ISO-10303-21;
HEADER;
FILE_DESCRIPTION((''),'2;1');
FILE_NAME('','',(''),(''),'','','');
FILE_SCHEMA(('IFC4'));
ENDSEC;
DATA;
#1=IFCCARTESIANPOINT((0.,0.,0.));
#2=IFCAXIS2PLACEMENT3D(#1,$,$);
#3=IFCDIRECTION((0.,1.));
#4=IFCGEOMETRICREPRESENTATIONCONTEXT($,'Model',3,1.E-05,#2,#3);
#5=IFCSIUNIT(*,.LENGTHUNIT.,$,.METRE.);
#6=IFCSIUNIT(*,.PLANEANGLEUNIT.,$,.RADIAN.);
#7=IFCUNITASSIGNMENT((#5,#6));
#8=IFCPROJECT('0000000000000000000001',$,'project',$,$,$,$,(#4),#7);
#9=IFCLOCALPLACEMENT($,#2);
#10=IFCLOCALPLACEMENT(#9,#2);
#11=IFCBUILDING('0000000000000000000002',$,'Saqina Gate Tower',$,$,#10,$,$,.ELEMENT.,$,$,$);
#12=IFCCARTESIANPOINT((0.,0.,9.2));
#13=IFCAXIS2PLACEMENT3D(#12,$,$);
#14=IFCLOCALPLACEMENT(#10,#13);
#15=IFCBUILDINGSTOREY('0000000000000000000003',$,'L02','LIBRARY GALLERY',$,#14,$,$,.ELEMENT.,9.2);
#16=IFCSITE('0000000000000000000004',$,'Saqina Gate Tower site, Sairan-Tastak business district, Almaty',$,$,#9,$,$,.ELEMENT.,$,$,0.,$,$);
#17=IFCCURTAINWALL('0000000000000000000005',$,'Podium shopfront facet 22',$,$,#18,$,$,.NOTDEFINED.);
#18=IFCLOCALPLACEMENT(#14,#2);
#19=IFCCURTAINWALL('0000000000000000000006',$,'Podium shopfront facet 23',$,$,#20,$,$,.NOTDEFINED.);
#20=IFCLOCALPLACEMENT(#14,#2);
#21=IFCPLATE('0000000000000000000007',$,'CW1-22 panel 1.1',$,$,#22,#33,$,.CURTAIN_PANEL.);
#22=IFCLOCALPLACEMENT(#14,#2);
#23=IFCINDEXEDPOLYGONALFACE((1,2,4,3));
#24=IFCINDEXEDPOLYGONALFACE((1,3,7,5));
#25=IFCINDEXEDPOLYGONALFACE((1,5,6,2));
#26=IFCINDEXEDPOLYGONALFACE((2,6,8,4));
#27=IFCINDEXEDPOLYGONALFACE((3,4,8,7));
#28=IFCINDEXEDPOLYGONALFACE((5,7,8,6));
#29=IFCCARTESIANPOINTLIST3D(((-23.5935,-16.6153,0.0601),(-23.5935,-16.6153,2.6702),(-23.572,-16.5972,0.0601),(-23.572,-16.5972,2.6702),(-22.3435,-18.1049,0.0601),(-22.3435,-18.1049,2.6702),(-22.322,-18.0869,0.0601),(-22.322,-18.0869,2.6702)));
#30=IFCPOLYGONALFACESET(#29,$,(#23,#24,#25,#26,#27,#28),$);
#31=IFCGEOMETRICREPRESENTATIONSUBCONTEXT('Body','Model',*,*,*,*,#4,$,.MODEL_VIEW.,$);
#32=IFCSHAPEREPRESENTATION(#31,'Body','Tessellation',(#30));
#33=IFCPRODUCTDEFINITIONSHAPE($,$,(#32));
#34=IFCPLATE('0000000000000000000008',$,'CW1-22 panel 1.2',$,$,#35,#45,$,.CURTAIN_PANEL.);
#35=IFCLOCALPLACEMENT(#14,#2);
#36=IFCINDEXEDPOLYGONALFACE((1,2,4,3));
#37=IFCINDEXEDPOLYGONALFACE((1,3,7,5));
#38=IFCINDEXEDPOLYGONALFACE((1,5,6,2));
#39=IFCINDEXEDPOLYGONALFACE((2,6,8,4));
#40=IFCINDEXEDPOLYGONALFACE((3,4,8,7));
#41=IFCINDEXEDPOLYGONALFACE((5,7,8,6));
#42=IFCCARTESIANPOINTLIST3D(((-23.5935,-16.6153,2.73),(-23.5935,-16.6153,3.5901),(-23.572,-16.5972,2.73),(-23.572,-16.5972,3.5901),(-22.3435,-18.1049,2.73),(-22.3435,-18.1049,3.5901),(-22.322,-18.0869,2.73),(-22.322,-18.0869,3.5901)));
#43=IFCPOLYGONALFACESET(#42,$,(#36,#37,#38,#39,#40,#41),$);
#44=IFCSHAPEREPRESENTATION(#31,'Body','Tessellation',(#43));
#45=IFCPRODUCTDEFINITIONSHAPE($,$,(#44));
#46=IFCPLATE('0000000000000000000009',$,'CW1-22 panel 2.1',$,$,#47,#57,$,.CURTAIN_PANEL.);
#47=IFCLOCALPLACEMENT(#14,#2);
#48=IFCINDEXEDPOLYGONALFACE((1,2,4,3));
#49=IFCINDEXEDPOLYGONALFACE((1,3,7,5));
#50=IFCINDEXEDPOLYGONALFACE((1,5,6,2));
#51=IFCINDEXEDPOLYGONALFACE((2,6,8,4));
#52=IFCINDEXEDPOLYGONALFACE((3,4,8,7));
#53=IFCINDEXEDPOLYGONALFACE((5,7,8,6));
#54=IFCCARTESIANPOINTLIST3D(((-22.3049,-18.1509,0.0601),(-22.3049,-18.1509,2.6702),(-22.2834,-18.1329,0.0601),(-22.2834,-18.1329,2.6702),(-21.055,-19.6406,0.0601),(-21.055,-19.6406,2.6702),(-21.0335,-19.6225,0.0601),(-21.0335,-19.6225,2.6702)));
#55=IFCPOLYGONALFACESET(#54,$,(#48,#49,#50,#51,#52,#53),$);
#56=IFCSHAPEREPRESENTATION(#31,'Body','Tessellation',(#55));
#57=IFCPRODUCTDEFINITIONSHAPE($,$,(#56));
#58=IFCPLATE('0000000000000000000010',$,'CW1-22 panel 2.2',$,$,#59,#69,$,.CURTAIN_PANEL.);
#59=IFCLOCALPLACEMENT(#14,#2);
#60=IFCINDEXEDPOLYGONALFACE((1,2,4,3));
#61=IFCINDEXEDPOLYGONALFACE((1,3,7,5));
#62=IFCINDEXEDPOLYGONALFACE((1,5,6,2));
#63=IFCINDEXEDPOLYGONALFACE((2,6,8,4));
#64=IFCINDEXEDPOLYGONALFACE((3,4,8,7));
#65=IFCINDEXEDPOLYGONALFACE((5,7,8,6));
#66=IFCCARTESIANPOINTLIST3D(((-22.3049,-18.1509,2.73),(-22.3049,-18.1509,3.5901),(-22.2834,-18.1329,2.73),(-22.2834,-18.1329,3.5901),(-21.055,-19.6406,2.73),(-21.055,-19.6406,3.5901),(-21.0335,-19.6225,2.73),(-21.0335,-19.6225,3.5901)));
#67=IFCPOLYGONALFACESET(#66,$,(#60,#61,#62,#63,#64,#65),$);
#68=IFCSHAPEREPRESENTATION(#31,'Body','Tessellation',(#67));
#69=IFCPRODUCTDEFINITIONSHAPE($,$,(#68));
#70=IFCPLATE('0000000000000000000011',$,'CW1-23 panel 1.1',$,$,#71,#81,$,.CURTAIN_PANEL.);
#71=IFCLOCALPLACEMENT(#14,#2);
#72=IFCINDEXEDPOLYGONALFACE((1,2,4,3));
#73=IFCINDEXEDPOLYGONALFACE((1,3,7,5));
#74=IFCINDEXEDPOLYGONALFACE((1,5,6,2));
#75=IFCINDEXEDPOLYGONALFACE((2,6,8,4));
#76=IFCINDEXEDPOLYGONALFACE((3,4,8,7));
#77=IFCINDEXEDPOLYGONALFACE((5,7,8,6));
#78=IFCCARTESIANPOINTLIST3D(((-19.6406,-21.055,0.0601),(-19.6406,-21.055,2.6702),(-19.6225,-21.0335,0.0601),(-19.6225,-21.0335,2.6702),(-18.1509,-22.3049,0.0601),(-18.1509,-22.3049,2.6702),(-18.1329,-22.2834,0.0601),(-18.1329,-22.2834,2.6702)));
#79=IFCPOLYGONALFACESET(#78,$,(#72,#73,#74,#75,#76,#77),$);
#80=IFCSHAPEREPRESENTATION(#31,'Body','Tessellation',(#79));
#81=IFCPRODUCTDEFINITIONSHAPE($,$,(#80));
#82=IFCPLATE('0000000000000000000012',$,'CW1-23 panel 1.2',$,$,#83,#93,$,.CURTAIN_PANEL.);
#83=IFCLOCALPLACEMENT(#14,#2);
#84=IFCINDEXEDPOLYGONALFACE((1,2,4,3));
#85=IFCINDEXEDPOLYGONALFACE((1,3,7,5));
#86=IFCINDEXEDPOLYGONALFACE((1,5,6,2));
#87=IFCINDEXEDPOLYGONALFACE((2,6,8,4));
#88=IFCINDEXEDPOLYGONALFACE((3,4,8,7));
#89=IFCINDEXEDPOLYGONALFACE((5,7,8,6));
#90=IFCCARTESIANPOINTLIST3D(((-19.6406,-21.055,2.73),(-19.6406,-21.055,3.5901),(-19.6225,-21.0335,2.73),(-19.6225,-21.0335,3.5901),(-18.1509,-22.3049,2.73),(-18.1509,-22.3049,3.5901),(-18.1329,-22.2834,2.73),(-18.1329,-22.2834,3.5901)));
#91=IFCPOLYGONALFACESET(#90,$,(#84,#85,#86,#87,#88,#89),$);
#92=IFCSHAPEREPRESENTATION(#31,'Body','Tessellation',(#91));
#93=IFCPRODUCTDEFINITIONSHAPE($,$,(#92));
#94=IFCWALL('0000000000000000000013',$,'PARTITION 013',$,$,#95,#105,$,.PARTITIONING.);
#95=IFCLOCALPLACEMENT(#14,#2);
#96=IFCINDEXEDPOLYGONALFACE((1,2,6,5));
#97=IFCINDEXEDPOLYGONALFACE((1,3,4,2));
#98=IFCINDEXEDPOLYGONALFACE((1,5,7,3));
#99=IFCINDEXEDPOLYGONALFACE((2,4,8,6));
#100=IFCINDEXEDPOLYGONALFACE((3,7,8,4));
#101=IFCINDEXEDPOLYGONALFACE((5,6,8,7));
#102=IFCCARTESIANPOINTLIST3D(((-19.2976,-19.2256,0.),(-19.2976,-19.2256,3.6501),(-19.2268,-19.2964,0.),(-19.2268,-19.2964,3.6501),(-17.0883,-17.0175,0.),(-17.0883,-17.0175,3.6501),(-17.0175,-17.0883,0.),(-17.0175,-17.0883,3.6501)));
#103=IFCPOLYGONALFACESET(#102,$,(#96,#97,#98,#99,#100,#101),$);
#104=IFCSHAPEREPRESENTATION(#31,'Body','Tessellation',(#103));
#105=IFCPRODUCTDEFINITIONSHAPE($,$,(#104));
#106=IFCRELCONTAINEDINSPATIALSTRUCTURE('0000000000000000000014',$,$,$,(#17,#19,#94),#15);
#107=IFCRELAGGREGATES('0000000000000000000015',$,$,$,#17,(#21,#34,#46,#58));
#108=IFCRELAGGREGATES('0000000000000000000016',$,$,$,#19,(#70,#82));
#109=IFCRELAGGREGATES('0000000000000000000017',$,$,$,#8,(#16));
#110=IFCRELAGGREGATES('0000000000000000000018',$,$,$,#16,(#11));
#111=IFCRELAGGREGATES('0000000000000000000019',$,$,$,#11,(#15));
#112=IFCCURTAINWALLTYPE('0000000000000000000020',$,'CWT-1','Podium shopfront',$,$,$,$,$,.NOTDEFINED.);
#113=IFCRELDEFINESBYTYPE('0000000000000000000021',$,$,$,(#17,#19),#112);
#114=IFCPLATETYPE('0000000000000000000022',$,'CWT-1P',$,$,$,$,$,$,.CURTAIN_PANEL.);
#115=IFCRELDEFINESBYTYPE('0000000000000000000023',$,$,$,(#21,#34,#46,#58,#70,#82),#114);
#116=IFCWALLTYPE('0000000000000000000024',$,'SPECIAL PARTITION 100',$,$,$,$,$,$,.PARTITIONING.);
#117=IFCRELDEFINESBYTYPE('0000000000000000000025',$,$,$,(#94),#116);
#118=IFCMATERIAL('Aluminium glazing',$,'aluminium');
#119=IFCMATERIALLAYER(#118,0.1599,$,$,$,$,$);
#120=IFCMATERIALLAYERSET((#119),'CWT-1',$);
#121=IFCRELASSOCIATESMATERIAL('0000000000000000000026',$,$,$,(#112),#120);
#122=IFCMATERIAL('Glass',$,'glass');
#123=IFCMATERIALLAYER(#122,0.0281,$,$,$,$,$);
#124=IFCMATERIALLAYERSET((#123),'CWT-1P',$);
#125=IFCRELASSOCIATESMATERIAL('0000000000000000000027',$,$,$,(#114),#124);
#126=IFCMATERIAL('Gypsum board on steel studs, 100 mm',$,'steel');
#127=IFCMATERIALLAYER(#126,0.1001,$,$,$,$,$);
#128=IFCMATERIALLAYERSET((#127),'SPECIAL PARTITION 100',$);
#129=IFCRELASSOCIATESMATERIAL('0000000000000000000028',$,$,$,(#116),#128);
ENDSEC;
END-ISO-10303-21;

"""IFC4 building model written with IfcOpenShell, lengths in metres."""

from ifc_helpers import new_model, si_unit, direction, frame, frame_2d, origin, origin_2d, place, context, subcontext, project, spatial, rectangle, extrude, material, layer, layer_set, type_object, element, aggregate, save


model = new_model("IFC4")

# Units and contexts
model_context = context("Model", 3, precision=1e-05, world=origin(), true_north=direction((0.0, 1.0)))
body_context = subcontext(model_context, "Body", "Model", "MODEL_VIEW")
ifc_project = project(units=[si_unit("LENGTHUNIT", "METRE"), si_unit("PLANEANGLEUNIT", "RADIAN")], contexts=[model_context])

# Site, building, storey
site_placement = place(None, origin())
site = spatial("IfcSite", under=ifc_project, at=site_placement, Name="Saqina Gate Tower site, Sairan-Tastak business district, Almaty", CompositionType="ELEMENT", RefElevation=0.0)
building_placement = place(site_placement, origin())
building = spatial("IfcBuilding", under=site, at=building_placement, Name="Saqina Gate Tower", CompositionType="ELEMENT")
storey_placement = place(building_placement, frame((0.0, 0.0, 9.2)))
storey = spatial("IfcBuildingStorey", under=building, at=storey_placement, Name="L02", Description="LIBRARY GALLERY", CompositionType="ELEMENT", Elevation=9.2)

# Curtain walls
ifc_material_1 = material(Name="Aluminium glazing", Category="aluminium")
ifc_layer_1 = layer(ifc_material_1, 0.1599)
ifc_layer_set_1 = layer_set([ifc_layer_1], Name="CWT-1")
curtain_wall_type = type_object("IfcCurtainWallType", Name="CWT-1", Description="Podium shopfront", PredefinedType="NOTDEFINED", material=ifc_layer_set_1)
curtain_wall_1_placement = place(storey_placement, origin())
curtain_wall_1 = element("IfcCurtainWall", 1, at=curtain_wall_1_placement, inside=storey, type_object=curtain_wall_type, Name="Podium shopfront facet 22", PredefinedType="NOTDEFINED")
curtain_wall_2_placement = place(storey_placement, origin())
curtain_wall_2 = element("IfcCurtainWall", 2, at=curtain_wall_2_placement, inside=storey, type_object=curtain_wall_type, Name="Podium shopfront facet 23", PredefinedType="NOTDEFINED")

# Plates
ifc_material_2 = material(Name="Glass", Category="glass")
ifc_layer_2 = layer(ifc_material_2, 0.0281)
ifc_layer_set_2 = layer_set([ifc_layer_2], Name="CWT-1P")
plate_type = type_object("IfcPlateType", Name="CWT-1P", PredefinedType="CURTAIN_PANEL", material=ifc_layer_set_2)
plate_1_placement = place(storey_placement, frame((-22.9578, -17.3511, 0.0601), z_axis=(0.0, 0.0, 1.0), x_axis=(0.642779, -0.766051, 0.0)))
plate_1 = element("IfcPlate", 3, at=plate_1_placement, type_object=plate_type, Name="CW1-22 panel 1.1", PredefinedType="CURTAIN_PANEL", context=body_context, shape_type="SweptSolid", body=[
    extrude(rectangle(XDim=1.9446, YDim=0.0281, at=origin_2d()), origin(), (0.0, 0.0, 1.0), 2.6101),
])
plate_2_placement = place(storey_placement, frame((-22.9578, -17.3511, 2.73), z_axis=(0.0, 0.0, 1.0), x_axis=(0.642779, -0.766051, 0.0)))
plate_2 = element("IfcPlate", 4, at=plate_2_placement, type_object=plate_type, Name="CW1-22 panel 1.2", PredefinedType="CURTAIN_PANEL", context=body_context, shape_type="SweptSolid", body=[
    extrude(rectangle(XDim=1.9446, YDim=0.0281, at=origin_2d()), origin(), (0.0, 0.0, 1.0), 0.8601),
])
plate_3_placement = place(storey_placement, frame((-21.6692, -18.8867, 0.0601), z_axis=(0.0, 0.0, 1.0), x_axis=(0.642779, -0.766051, 0.0)))
plate_3 = element("IfcPlate", 5, at=plate_3_placement, type_object=plate_type, Name="CW1-22 panel 2.1", PredefinedType="CURTAIN_PANEL", context=body_context, shape_type="SweptSolid", body=[
    extrude(rectangle(XDim=1.9446, YDim=0.0281, at=origin_2d()), origin(), (0.0, 0.0, 1.0), 2.6101),
])
plate_4_placement = place(storey_placement, frame((-21.6692, -18.8867, 2.73), z_axis=(0.0, 0.0, 1.0), x_axis=(0.642779, -0.766051, 0.0)))
plate_4 = element("IfcPlate", 6, at=plate_4_placement, type_object=plate_type, Name="CW1-22 panel 2.2", PredefinedType="CURTAIN_PANEL", context=body_context, shape_type="SweptSolid", body=[
    extrude(rectangle(XDim=1.9446, YDim=0.0281, at=origin_2d()), origin(), (0.0, 0.0, 1.0), 0.8601),
])
aggregate(curtain_wall_1, [plate_1, plate_2, plate_3, plate_4])
plate_5_placement = place(storey_placement, frame((-18.8867, -21.6692, 0.0601), z_axis=(0.0, 0.0, 1.0), x_axis=(0.766051, -0.642779, 0.0)))
plate_5 = element("IfcPlate", 7, at=plate_5_placement, type_object=plate_type, Name="CW1-23 panel 1.1", PredefinedType="CURTAIN_PANEL", context=body_context, shape_type="SweptSolid", body=[
    extrude(rectangle(XDim=1.9446, YDim=0.0281, at=origin_2d()), origin(), (0.0, 0.0, 1.0), 2.6101),
])
plate_6_placement = place(storey_placement, frame((-18.8867, -21.6692, 2.73), z_axis=(0.0, 0.0, 1.0), x_axis=(0.766051, -0.642779, 0.0)))
plate_6 = element("IfcPlate", 8, at=plate_6_placement, type_object=plate_type, Name="CW1-23 panel 1.2", PredefinedType="CURTAIN_PANEL", context=body_context, shape_type="SweptSolid", body=[
    extrude(rectangle(XDim=1.9446, YDim=0.0281, at=origin_2d()), origin(), (0.0, 0.0, 1.0), 0.8601),
])
aggregate(curtain_wall_2, [plate_5, plate_6])

# Wall
ifc_material_3 = material(Name="Gypsum board on steel studs, 100 mm", Category="steel")
ifc_layer_3 = layer(ifc_material_3, 0.1001)
ifc_layer_set_3 = layer_set([ifc_layer_3], Name="SPECIAL PARTITION 100")
wall_type = type_object("IfcWallType", Name="SPECIAL PARTITION 100", PredefinedType="PARTITIONING", material=ifc_layer_set_3)
wall_placement = place(storey_placement, frame((-19.2622, -19.261, 0.0), z_axis=(0.0, 0.0, 1.0), x_axis=(0.707302, 0.706911, 0.0)))
element("IfcWall", 9, at=wall_placement, inside=storey, type_object=wall_type, Name="PARTITION 013", PredefinedType="PARTITIONING", context=body_context, shape_type="SweptSolid", body=[
    extrude(rectangle(XDim=3.1235, YDim=0.1001, at=frame_2d((1.5618, 0.0))), origin(), (0.0, 0.0, 1.0), 3.6501),
])

save(model, "model.ifc")
